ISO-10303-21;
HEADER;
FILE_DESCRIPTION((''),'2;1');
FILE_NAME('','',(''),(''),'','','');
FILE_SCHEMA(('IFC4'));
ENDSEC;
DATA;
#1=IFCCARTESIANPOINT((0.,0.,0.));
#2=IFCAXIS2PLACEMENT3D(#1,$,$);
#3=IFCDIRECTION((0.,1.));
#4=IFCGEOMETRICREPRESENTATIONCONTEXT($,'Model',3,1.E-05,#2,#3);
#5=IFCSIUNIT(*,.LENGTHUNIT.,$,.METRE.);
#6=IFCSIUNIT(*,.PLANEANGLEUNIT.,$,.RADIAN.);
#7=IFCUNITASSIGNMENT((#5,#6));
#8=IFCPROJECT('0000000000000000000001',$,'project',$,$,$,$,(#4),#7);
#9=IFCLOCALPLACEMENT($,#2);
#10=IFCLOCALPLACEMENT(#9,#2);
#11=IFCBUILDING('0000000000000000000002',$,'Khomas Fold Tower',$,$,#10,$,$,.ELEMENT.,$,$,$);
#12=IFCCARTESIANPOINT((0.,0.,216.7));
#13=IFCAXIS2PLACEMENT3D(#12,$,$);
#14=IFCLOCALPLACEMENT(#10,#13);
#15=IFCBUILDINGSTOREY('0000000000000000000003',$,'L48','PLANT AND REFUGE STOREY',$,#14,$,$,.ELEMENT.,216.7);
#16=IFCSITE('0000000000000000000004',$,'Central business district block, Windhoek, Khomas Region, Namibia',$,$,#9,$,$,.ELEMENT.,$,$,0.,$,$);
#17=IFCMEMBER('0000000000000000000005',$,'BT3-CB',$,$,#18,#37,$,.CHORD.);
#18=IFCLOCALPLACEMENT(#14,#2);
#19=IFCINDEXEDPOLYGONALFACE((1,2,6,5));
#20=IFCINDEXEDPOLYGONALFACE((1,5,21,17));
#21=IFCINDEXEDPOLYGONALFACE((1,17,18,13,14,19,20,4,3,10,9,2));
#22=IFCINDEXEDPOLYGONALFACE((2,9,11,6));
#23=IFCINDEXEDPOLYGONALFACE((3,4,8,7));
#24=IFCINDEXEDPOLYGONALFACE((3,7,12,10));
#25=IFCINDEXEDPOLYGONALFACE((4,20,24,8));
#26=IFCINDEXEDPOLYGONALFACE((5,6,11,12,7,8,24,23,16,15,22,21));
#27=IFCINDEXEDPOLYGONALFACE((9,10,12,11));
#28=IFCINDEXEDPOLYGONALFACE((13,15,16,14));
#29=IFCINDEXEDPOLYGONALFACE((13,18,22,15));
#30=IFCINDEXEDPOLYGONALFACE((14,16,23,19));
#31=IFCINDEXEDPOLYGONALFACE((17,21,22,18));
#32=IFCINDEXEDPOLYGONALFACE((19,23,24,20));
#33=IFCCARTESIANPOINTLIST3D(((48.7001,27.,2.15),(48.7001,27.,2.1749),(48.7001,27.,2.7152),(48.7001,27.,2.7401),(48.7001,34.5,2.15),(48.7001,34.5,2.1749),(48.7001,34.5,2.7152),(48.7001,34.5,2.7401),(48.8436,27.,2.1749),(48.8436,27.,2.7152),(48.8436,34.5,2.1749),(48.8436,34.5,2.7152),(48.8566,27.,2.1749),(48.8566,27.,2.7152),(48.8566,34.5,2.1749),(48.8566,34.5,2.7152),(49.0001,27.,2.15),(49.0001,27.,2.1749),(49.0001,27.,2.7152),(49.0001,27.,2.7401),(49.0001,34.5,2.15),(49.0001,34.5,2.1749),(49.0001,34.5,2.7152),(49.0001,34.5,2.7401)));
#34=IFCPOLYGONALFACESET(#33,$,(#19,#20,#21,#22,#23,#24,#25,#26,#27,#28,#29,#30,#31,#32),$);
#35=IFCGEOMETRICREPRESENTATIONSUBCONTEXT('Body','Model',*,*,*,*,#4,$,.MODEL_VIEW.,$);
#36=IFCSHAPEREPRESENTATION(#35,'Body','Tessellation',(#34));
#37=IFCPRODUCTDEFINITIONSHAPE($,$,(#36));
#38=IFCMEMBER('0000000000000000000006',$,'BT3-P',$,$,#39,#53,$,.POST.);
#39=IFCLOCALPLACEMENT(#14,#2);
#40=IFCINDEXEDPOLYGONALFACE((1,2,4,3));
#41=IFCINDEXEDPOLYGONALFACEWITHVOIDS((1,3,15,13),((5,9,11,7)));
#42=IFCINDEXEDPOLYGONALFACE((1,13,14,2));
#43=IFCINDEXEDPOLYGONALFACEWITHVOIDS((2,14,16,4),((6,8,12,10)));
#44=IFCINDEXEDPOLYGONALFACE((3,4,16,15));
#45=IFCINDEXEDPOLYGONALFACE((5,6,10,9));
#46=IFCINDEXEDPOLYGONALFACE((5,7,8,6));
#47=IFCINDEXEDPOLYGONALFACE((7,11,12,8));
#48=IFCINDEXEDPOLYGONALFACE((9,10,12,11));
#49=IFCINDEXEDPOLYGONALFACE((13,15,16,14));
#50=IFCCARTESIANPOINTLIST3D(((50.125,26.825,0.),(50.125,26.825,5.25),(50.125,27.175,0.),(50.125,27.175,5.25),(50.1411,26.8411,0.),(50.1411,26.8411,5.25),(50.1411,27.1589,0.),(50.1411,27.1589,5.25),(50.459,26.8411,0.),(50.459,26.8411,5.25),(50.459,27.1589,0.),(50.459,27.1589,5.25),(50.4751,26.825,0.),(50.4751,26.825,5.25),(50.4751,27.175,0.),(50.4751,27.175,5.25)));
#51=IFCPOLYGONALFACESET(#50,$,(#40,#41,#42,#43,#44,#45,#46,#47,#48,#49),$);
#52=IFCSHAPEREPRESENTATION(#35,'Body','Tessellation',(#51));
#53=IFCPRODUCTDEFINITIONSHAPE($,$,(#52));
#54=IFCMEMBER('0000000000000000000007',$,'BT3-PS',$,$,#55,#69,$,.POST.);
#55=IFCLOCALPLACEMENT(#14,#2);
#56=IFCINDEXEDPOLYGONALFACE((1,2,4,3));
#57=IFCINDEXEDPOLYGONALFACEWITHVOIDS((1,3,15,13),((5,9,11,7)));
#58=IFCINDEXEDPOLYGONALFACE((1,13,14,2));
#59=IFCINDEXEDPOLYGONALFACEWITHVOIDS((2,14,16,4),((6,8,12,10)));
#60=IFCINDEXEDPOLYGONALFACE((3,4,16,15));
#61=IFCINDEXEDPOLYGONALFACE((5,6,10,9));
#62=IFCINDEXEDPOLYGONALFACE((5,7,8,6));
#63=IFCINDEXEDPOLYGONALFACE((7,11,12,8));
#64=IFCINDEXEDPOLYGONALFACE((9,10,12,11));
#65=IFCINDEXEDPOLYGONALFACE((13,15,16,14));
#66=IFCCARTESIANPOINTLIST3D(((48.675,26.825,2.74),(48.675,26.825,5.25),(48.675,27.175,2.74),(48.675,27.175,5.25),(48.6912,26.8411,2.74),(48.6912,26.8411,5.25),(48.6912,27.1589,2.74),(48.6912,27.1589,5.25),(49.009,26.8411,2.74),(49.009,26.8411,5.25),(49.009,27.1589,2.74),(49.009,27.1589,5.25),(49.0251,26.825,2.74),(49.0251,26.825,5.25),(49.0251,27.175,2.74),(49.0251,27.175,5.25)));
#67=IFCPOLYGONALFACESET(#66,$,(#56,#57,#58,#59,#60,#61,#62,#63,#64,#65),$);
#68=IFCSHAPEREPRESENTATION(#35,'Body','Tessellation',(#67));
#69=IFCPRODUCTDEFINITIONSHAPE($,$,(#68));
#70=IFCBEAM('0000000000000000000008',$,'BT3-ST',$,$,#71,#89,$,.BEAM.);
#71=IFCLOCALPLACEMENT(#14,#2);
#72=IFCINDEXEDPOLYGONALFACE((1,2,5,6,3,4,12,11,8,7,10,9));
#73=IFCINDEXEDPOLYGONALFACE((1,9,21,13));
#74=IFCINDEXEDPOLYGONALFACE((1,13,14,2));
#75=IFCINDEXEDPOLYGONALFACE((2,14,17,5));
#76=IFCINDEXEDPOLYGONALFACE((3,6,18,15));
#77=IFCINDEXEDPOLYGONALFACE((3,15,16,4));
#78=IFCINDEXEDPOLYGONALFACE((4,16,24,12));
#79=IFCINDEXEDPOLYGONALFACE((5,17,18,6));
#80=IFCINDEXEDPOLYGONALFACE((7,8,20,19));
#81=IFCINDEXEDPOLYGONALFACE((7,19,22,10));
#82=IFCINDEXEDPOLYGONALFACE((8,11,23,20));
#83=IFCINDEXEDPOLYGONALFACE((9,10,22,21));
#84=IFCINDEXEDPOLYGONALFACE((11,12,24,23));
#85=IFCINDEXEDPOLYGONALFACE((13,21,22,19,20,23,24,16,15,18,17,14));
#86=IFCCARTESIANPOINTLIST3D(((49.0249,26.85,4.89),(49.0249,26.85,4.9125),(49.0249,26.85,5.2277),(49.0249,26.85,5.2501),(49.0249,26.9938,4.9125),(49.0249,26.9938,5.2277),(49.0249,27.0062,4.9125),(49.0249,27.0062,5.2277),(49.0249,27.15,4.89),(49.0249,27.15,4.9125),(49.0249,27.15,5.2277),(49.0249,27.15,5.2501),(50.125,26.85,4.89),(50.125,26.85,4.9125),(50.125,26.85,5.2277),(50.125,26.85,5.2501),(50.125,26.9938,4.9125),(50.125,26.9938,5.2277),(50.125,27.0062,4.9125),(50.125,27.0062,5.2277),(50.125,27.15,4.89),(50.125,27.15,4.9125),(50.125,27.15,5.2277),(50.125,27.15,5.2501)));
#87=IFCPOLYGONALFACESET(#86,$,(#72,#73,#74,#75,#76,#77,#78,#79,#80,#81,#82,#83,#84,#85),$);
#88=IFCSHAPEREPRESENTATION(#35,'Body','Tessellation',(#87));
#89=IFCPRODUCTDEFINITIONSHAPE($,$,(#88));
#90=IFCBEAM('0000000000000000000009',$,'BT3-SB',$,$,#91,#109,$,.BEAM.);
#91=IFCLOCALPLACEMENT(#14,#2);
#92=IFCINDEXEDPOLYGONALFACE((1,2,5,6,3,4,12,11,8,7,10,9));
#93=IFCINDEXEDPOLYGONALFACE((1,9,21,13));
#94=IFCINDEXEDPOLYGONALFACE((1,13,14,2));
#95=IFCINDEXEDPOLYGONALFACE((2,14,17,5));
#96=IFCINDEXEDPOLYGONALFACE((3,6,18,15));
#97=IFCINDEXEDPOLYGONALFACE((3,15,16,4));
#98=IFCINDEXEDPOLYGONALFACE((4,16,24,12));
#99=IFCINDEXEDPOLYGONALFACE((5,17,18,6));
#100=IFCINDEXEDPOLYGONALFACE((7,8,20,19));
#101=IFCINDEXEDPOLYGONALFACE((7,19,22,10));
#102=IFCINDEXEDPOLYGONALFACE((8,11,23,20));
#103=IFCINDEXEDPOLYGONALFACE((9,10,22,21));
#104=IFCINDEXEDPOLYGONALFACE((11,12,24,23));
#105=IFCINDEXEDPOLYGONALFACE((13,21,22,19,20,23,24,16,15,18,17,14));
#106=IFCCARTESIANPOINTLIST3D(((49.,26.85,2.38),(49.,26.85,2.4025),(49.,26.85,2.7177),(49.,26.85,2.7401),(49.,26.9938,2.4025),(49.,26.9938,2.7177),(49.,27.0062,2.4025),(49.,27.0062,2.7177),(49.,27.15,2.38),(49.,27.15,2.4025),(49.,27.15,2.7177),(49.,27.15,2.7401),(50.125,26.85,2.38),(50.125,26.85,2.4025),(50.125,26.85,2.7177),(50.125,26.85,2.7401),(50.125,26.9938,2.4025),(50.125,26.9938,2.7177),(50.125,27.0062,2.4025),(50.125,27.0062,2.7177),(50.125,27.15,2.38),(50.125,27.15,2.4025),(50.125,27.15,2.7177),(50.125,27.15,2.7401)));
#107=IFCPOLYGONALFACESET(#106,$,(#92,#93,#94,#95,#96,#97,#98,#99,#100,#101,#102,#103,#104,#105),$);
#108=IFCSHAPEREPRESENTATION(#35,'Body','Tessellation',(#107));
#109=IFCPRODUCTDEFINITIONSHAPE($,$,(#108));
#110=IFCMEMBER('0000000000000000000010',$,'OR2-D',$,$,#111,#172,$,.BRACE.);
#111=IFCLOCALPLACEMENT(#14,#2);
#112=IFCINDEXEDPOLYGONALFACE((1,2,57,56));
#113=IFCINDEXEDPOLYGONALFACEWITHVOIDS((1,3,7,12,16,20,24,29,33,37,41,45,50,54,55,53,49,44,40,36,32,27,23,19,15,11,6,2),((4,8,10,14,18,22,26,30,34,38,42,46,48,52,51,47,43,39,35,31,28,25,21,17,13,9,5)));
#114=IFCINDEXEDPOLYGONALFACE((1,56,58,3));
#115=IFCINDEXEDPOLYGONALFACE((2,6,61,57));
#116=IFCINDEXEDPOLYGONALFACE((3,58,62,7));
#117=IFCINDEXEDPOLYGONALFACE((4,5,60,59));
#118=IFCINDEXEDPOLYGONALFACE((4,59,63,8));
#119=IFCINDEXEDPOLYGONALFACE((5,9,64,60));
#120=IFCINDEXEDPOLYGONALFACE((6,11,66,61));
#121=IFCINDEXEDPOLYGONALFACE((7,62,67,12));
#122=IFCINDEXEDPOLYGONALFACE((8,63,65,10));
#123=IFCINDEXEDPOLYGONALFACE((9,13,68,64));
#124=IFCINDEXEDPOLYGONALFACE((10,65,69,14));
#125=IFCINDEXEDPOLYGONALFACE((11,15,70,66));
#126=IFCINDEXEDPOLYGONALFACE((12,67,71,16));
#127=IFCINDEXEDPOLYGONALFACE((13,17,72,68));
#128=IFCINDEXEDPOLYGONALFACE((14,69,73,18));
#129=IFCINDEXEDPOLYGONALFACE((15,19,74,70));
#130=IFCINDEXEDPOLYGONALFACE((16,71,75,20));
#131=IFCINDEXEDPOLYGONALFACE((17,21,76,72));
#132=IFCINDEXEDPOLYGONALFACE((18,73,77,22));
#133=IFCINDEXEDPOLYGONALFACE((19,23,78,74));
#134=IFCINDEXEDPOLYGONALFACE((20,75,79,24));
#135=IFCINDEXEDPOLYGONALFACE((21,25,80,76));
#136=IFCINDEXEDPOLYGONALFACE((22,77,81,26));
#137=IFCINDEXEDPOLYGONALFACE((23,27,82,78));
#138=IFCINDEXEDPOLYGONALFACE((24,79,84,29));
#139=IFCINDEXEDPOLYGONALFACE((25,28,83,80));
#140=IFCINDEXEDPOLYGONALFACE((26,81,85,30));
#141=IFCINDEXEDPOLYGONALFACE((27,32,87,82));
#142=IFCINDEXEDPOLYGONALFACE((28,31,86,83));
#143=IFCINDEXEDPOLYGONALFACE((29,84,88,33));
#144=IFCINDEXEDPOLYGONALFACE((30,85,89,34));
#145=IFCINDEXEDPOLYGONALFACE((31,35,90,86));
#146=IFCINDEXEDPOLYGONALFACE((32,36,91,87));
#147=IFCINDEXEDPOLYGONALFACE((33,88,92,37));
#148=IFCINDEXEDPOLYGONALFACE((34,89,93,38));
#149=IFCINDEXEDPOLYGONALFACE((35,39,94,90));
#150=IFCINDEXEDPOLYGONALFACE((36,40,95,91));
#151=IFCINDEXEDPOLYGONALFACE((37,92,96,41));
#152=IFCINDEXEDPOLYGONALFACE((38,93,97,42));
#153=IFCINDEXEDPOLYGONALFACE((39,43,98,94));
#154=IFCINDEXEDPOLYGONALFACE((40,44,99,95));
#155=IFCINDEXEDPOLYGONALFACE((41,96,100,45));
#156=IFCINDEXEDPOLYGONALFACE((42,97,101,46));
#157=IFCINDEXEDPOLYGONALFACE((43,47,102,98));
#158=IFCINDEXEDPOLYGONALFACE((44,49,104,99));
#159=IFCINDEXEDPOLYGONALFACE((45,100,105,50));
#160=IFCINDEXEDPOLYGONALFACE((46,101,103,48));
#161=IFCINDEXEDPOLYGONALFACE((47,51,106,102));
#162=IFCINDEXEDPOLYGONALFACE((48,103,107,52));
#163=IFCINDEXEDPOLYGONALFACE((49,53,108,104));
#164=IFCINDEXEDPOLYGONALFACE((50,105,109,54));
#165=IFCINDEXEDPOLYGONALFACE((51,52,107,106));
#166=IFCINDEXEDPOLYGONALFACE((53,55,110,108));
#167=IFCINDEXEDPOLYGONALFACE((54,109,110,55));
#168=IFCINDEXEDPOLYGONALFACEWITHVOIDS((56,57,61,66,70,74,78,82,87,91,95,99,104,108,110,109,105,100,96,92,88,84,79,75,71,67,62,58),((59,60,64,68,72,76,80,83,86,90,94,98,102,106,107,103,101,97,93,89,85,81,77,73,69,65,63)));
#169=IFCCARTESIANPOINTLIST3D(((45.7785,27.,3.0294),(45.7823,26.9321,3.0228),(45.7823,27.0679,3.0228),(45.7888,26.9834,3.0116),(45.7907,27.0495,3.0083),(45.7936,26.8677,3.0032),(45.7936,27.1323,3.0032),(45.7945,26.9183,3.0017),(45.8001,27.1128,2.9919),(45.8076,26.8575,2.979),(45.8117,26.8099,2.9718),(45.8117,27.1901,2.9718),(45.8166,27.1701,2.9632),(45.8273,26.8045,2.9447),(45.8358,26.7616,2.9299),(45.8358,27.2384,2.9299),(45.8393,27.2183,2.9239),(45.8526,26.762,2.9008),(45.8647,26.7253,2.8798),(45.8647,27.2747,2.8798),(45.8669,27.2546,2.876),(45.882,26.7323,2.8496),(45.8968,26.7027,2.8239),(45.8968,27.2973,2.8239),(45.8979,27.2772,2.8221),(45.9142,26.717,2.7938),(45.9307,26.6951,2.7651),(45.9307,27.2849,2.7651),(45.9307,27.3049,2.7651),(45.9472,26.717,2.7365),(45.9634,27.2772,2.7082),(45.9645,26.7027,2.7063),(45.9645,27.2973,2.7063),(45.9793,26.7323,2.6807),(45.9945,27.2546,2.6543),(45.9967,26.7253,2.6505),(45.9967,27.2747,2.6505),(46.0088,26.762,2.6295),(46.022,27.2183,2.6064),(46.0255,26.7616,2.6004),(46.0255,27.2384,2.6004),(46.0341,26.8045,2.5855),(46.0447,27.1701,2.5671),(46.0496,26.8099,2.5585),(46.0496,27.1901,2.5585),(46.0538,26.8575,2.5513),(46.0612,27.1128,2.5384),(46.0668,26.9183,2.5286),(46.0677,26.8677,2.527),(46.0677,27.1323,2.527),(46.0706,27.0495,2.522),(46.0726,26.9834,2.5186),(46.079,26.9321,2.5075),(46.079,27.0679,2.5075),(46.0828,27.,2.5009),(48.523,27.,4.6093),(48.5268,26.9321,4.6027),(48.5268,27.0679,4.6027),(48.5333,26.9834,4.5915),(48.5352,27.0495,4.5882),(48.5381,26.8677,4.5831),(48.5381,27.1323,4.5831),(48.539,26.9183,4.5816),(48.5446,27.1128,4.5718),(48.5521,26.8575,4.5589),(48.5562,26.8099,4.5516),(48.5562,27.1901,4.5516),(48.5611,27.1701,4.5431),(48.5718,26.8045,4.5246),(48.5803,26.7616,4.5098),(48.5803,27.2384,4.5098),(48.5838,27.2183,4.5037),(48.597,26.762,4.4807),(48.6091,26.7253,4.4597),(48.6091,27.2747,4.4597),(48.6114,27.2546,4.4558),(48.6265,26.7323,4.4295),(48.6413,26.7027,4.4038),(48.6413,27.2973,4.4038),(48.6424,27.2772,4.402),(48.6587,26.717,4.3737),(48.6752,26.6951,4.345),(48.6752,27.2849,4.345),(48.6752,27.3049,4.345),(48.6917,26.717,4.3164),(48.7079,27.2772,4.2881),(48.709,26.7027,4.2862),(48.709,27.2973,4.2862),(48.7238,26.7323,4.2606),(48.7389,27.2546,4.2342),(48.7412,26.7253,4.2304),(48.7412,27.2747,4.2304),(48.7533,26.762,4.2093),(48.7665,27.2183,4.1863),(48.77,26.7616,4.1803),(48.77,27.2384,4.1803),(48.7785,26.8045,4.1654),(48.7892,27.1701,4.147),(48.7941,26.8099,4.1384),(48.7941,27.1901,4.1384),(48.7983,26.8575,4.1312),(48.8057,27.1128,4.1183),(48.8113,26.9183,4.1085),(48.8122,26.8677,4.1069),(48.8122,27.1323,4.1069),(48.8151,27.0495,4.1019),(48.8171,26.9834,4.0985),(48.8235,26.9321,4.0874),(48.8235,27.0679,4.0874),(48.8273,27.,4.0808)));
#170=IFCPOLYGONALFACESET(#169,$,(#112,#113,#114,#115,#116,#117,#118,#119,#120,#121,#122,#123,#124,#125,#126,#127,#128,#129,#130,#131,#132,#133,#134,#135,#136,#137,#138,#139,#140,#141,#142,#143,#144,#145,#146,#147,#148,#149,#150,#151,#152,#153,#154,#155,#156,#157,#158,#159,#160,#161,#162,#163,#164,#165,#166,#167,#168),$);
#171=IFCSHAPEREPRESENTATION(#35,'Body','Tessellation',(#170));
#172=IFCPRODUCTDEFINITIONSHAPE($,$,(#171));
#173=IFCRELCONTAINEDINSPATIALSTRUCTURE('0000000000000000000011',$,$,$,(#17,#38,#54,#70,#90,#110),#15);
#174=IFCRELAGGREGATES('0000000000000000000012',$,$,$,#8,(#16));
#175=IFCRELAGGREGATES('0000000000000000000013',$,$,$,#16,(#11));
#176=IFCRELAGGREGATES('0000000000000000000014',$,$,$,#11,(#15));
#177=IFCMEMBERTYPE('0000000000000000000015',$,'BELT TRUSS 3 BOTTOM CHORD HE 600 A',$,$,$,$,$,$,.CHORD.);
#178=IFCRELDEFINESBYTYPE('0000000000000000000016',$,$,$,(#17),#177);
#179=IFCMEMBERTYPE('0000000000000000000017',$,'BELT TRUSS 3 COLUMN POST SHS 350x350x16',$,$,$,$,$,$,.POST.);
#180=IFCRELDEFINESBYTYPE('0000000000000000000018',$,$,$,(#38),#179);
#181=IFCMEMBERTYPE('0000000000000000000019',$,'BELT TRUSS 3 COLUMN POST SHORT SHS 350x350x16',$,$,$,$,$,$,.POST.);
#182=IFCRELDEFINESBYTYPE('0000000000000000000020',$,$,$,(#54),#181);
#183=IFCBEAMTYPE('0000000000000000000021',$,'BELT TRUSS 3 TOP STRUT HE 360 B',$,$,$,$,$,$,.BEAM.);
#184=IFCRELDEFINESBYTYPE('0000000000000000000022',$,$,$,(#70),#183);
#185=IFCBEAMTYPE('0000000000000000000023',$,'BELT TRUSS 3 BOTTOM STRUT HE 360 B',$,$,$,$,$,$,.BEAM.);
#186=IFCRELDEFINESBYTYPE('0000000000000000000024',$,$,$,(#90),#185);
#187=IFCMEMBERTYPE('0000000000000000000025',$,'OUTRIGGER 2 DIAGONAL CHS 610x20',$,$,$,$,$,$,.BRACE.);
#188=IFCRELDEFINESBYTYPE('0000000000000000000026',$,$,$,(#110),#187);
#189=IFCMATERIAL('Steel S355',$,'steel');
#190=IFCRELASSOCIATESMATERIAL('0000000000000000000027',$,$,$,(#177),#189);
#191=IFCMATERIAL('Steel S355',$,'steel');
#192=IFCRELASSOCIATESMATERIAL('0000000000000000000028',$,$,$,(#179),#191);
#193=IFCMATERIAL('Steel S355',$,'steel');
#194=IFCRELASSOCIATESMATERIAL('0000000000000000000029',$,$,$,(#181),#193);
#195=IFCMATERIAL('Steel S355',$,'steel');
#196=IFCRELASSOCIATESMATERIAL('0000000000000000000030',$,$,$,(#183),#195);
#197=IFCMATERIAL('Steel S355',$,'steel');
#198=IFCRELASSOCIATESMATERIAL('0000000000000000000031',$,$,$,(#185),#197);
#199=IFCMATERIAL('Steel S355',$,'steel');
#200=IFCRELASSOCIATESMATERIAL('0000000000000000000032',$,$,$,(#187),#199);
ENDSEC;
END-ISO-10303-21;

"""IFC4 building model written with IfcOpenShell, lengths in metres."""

from ifc_helpers import new_model, si_unit, direction, frame, origin, origin_2d, place, context, subcontext, project, spatial, hollow_rectangle, hollow_circle, i_section, extrude, source, transform, mapped, material, material_profile, profile_set, type_object, element, save


model = new_model("IFC4")

# Units and contexts
model_context = context("Model", 3, precision=1e-05, world=origin(), true_north=direction((0.0, 1.0)))
body_context = subcontext(model_context, "Body", "Model", "MODEL_VIEW")
ifc_project = project(units=[si_unit("LENGTHUNIT", "METRE"), si_unit("PLANEANGLEUNIT", "RADIAN")], contexts=[model_context])

# Site, building, storey
site_placement = place(None, origin())
site = spatial("IfcSite", under=ifc_project, at=site_placement, Name="Central business district block, Windhoek, Khomas Region, Namibia", CompositionType="ELEMENT", RefElevation=0.0)
building_placement = place(site_placement, origin())
building = spatial("IfcBuilding", under=site, at=building_placement, Name="Khomas Fold Tower", CompositionType="ELEMENT")
storey_placement = place(building_placement, frame((0.0, 0.0, 216.7)))
storey = spatial("IfcBuildingStorey", under=building, at=storey_placement, Name="L48", Description="PLANT AND REFUGE STOREY", CompositionType="ELEMENT", Elevation=216.7)

# Members
ifc_material_1 = material(Name="Steel S355", Category="steel")
ifc_material_profile_1 = material_profile(ifc_material_1, i_section(OverallWidth=0.3, OverallDepth=0.5901, WebThickness=0.0129, FlangeThickness=0.0249, at=origin_2d()), Name="HE 600 A")
ifc_profile_set_1 = profile_set([ifc_material_profile_1], Name="Steel S355")
member_type_1 = type_object("IfcMemberType", Name="BELT TRUSS 3 BOTTOM CHORD HE 600 A", PredefinedType="CHORD", material=ifc_profile_set_1)
shared_shape_1 = source(origin(), body_context, "Body", "SweptSolid", [
    extrude(i_section(OverallWidth=0.3, OverallDepth=0.5901, WebThickness=0.0129, FlangeThickness=0.0249, at=origin_2d()), origin(), (0.0, 0.0, 1.0), 7.5),
])
member_1_placement = place(storey_placement, frame((48.8501, 27.0, 2.4451), z_axis=(0.0, 1.0, 0.0), x_axis=(-1.0, 0.0, 0.0)))
element("IfcMember", 1, at=member_1_placement, inside=storey, type_object=member_type_1, Name="BT3-CB", PredefinedType="CHORD", context=body_context, shape_type="MappedRepresentation", body=[
    mapped(shared_shape_1, transform((0.0, 0.0, 0.0))),
])
ifc_material_2 = material(Name="Steel S355", Category="steel")
ifc_material_profile_2 = material_profile(ifc_material_2, hollow_rectangle(XDim=0.3501, YDim=0.3501, WallThickness=0.0161, at=origin_2d()), Name="SHS 350x350x16")
ifc_profile_set_2 = profile_set([ifc_material_profile_2], Name="Steel S355")
member_type_2 = type_object("IfcMemberType", Name="BELT TRUSS 3 COLUMN POST SHS 350x350x16", PredefinedType="POST", material=ifc_profile_set_2)
shared_shape_2 = source(origin(), body_context, "Body", "SweptSolid", [
    extrude(hollow_rectangle(XDim=0.3501, YDim=0.3501, WallThickness=0.0161, at=origin_2d()), origin(), (0.0, 0.0, 1.0), 5.25),
])
member_2_placement = place(storey_placement, frame((50.3, 27.0, 0.0), z_axis=(0.0, 0.0, 1.0), x_axis=(1.0, 0.0, 0.0)))
element("IfcMember", 2, at=member_2_placement, inside=storey, type_object=member_type_2, Name="BT3-P", PredefinedType="POST", context=body_context, shape_type="MappedRepresentation", body=[
    mapped(shared_shape_2, transform((0.0, 0.0, 0.0))),
])
ifc_material_3 = material(Name="Steel S355", Category="steel")
ifc_material_profile_3 = material_profile(ifc_material_3, hollow_rectangle(XDim=0.3501, YDim=0.3501, WallThickness=0.0161, at=origin_2d()), Name="SHS 350x350x16")
ifc_profile_set_3 = profile_set([ifc_material_profile_3], Name="Steel S355")
member_type_3 = type_object("IfcMemberType", Name="BELT TRUSS 3 COLUMN POST SHORT SHS 350x350x16", PredefinedType="POST", material=ifc_profile_set_3)
shared_shape_3 = source(origin(), body_context, "Body", "SweptSolid", [
    extrude(hollow_rectangle(XDim=0.3501, YDim=0.3501, WallThickness=0.0161, at=origin_2d()), origin(), (0.0, 0.0, 1.0), 2.51),
])
member_3_placement = place(storey_placement, frame((48.8501, 27.0, 2.74), z_axis=(0.0, 0.0, 1.0), x_axis=(1.0, 0.0, 0.0)))
element("IfcMember", 3, at=member_3_placement, inside=storey, type_object=member_type_3, Name="BT3-PS", PredefinedType="POST", context=body_context, shape_type="MappedRepresentation", body=[
    mapped(shared_shape_3, transform((0.0, 0.0, 0.0))),
])

# Beams
ifc_material_4 = material(Name="Steel S355", Category="steel")
ifc_material_profile_4 = material_profile(ifc_material_4, i_section(OverallWidth=0.3, OverallDepth=0.3601, WebThickness=0.0125, FlangeThickness=0.0225, at=origin_2d()), Name="HE 360 B")
ifc_profile_set_4 = profile_set([ifc_material_profile_4], Name="Steel S355")
beam_type_1 = type_object("IfcBeamType", Name="BELT TRUSS 3 TOP STRUT HE 360 B", PredefinedType="BEAM", material=ifc_profile_set_4)
shared_shape_4 = source(origin(), body_context, "Body", "SweptSolid", [
    extrude(i_section(OverallWidth=0.3, OverallDepth=0.3601, WebThickness=0.0125, FlangeThickness=0.0225, at=origin_2d()), origin(), (0.0, 0.0, 1.0), 1.1001),
])
beam_1_placement = place(storey_placement, frame((49.0249, 27.0, 5.0701), z_axis=(1.0, 0.0, 0.0), x_axis=(0.0, 1.0, 0.0)))
element("IfcBeam", 4, at=beam_1_placement, inside=storey, type_object=beam_type_1, Name="BT3-ST", PredefinedType="BEAM", context=body_context, shape_type="MappedRepresentation", body=[
    mapped(shared_shape_4, transform((0.0, 0.0, 0.0))),
])
ifc_material_5 = material(Name="Steel S355", Category="steel")
ifc_material_profile_5 = material_profile(ifc_material_5, i_section(OverallWidth=0.3, OverallDepth=0.3601, WebThickness=0.0125, FlangeThickness=0.0225, at=origin_2d()), Name="HE 360 B")
ifc_profile_set_5 = profile_set([ifc_material_profile_5], Name="Steel S355")
beam_type_2 = type_object("IfcBeamType", Name="BELT TRUSS 3 BOTTOM STRUT HE 360 B", PredefinedType="BEAM", material=ifc_profile_set_5)
shared_shape_5 = source(origin(), body_context, "Body", "SweptSolid", [
    extrude(i_section(OverallWidth=0.3, OverallDepth=0.3601, WebThickness=0.0125, FlangeThickness=0.0225, at=origin_2d()), origin(), (0.0, 0.0, 1.0), 1.125),
])
beam_2_placement = place(storey_placement, frame((49.0, 27.0, 2.5601), z_axis=(1.0, 0.0, 0.0), x_axis=(0.0, 1.0, 0.0)))
element("IfcBeam", 5, at=beam_2_placement, inside=storey, type_object=beam_type_2, Name="BT3-SB", PredefinedType="BEAM", context=body_context, shape_type="MappedRepresentation", body=[
    mapped(shared_shape_5, transform((0.0, 0.0, 0.0))),
])

# Member
ifc_material_6 = material(Name="Steel S355", Category="steel")
ifc_material_profile_6 = material_profile(ifc_material_6, hollow_circle(Radius=0.3049, WallThickness=0.02, at=origin_2d()), Name="CHS 610x20")
ifc_profile_set_6 = profile_set([ifc_material_profile_6], Name="Steel S355")
member_type_4 = type_object("IfcMemberType", Name="OUTRIGGER 2 DIAGONAL CHS 610x20", PredefinedType="BRACE", material=ifc_profile_set_6)
shared_shape_6 = source(origin(), body_context, "Body", "SweptSolid", [
    extrude(hollow_circle(Radius=0.3049, WallThickness=0.02, at=origin_2d()), origin(), (0.0, 0.0, 1.0), 3.1667),
])
member_4_placement = place(storey_placement, frame((45.9307, 27.0, 2.7651), z_axis=(0.866659, 0.0, 0.498901), x_axis=(0.0, 1.0, 0.0)))
element("IfcMember", 6, at=member_4_placement, inside=storey, type_object=member_type_4, Name="OR2-D", PredefinedType="BRACE", context=body_context, shape_type="MappedRepresentation", body=[
    mapped(shared_shape_6, transform((0.0, 0.0, 0.0))),
])

save(model, "model.ifc")
